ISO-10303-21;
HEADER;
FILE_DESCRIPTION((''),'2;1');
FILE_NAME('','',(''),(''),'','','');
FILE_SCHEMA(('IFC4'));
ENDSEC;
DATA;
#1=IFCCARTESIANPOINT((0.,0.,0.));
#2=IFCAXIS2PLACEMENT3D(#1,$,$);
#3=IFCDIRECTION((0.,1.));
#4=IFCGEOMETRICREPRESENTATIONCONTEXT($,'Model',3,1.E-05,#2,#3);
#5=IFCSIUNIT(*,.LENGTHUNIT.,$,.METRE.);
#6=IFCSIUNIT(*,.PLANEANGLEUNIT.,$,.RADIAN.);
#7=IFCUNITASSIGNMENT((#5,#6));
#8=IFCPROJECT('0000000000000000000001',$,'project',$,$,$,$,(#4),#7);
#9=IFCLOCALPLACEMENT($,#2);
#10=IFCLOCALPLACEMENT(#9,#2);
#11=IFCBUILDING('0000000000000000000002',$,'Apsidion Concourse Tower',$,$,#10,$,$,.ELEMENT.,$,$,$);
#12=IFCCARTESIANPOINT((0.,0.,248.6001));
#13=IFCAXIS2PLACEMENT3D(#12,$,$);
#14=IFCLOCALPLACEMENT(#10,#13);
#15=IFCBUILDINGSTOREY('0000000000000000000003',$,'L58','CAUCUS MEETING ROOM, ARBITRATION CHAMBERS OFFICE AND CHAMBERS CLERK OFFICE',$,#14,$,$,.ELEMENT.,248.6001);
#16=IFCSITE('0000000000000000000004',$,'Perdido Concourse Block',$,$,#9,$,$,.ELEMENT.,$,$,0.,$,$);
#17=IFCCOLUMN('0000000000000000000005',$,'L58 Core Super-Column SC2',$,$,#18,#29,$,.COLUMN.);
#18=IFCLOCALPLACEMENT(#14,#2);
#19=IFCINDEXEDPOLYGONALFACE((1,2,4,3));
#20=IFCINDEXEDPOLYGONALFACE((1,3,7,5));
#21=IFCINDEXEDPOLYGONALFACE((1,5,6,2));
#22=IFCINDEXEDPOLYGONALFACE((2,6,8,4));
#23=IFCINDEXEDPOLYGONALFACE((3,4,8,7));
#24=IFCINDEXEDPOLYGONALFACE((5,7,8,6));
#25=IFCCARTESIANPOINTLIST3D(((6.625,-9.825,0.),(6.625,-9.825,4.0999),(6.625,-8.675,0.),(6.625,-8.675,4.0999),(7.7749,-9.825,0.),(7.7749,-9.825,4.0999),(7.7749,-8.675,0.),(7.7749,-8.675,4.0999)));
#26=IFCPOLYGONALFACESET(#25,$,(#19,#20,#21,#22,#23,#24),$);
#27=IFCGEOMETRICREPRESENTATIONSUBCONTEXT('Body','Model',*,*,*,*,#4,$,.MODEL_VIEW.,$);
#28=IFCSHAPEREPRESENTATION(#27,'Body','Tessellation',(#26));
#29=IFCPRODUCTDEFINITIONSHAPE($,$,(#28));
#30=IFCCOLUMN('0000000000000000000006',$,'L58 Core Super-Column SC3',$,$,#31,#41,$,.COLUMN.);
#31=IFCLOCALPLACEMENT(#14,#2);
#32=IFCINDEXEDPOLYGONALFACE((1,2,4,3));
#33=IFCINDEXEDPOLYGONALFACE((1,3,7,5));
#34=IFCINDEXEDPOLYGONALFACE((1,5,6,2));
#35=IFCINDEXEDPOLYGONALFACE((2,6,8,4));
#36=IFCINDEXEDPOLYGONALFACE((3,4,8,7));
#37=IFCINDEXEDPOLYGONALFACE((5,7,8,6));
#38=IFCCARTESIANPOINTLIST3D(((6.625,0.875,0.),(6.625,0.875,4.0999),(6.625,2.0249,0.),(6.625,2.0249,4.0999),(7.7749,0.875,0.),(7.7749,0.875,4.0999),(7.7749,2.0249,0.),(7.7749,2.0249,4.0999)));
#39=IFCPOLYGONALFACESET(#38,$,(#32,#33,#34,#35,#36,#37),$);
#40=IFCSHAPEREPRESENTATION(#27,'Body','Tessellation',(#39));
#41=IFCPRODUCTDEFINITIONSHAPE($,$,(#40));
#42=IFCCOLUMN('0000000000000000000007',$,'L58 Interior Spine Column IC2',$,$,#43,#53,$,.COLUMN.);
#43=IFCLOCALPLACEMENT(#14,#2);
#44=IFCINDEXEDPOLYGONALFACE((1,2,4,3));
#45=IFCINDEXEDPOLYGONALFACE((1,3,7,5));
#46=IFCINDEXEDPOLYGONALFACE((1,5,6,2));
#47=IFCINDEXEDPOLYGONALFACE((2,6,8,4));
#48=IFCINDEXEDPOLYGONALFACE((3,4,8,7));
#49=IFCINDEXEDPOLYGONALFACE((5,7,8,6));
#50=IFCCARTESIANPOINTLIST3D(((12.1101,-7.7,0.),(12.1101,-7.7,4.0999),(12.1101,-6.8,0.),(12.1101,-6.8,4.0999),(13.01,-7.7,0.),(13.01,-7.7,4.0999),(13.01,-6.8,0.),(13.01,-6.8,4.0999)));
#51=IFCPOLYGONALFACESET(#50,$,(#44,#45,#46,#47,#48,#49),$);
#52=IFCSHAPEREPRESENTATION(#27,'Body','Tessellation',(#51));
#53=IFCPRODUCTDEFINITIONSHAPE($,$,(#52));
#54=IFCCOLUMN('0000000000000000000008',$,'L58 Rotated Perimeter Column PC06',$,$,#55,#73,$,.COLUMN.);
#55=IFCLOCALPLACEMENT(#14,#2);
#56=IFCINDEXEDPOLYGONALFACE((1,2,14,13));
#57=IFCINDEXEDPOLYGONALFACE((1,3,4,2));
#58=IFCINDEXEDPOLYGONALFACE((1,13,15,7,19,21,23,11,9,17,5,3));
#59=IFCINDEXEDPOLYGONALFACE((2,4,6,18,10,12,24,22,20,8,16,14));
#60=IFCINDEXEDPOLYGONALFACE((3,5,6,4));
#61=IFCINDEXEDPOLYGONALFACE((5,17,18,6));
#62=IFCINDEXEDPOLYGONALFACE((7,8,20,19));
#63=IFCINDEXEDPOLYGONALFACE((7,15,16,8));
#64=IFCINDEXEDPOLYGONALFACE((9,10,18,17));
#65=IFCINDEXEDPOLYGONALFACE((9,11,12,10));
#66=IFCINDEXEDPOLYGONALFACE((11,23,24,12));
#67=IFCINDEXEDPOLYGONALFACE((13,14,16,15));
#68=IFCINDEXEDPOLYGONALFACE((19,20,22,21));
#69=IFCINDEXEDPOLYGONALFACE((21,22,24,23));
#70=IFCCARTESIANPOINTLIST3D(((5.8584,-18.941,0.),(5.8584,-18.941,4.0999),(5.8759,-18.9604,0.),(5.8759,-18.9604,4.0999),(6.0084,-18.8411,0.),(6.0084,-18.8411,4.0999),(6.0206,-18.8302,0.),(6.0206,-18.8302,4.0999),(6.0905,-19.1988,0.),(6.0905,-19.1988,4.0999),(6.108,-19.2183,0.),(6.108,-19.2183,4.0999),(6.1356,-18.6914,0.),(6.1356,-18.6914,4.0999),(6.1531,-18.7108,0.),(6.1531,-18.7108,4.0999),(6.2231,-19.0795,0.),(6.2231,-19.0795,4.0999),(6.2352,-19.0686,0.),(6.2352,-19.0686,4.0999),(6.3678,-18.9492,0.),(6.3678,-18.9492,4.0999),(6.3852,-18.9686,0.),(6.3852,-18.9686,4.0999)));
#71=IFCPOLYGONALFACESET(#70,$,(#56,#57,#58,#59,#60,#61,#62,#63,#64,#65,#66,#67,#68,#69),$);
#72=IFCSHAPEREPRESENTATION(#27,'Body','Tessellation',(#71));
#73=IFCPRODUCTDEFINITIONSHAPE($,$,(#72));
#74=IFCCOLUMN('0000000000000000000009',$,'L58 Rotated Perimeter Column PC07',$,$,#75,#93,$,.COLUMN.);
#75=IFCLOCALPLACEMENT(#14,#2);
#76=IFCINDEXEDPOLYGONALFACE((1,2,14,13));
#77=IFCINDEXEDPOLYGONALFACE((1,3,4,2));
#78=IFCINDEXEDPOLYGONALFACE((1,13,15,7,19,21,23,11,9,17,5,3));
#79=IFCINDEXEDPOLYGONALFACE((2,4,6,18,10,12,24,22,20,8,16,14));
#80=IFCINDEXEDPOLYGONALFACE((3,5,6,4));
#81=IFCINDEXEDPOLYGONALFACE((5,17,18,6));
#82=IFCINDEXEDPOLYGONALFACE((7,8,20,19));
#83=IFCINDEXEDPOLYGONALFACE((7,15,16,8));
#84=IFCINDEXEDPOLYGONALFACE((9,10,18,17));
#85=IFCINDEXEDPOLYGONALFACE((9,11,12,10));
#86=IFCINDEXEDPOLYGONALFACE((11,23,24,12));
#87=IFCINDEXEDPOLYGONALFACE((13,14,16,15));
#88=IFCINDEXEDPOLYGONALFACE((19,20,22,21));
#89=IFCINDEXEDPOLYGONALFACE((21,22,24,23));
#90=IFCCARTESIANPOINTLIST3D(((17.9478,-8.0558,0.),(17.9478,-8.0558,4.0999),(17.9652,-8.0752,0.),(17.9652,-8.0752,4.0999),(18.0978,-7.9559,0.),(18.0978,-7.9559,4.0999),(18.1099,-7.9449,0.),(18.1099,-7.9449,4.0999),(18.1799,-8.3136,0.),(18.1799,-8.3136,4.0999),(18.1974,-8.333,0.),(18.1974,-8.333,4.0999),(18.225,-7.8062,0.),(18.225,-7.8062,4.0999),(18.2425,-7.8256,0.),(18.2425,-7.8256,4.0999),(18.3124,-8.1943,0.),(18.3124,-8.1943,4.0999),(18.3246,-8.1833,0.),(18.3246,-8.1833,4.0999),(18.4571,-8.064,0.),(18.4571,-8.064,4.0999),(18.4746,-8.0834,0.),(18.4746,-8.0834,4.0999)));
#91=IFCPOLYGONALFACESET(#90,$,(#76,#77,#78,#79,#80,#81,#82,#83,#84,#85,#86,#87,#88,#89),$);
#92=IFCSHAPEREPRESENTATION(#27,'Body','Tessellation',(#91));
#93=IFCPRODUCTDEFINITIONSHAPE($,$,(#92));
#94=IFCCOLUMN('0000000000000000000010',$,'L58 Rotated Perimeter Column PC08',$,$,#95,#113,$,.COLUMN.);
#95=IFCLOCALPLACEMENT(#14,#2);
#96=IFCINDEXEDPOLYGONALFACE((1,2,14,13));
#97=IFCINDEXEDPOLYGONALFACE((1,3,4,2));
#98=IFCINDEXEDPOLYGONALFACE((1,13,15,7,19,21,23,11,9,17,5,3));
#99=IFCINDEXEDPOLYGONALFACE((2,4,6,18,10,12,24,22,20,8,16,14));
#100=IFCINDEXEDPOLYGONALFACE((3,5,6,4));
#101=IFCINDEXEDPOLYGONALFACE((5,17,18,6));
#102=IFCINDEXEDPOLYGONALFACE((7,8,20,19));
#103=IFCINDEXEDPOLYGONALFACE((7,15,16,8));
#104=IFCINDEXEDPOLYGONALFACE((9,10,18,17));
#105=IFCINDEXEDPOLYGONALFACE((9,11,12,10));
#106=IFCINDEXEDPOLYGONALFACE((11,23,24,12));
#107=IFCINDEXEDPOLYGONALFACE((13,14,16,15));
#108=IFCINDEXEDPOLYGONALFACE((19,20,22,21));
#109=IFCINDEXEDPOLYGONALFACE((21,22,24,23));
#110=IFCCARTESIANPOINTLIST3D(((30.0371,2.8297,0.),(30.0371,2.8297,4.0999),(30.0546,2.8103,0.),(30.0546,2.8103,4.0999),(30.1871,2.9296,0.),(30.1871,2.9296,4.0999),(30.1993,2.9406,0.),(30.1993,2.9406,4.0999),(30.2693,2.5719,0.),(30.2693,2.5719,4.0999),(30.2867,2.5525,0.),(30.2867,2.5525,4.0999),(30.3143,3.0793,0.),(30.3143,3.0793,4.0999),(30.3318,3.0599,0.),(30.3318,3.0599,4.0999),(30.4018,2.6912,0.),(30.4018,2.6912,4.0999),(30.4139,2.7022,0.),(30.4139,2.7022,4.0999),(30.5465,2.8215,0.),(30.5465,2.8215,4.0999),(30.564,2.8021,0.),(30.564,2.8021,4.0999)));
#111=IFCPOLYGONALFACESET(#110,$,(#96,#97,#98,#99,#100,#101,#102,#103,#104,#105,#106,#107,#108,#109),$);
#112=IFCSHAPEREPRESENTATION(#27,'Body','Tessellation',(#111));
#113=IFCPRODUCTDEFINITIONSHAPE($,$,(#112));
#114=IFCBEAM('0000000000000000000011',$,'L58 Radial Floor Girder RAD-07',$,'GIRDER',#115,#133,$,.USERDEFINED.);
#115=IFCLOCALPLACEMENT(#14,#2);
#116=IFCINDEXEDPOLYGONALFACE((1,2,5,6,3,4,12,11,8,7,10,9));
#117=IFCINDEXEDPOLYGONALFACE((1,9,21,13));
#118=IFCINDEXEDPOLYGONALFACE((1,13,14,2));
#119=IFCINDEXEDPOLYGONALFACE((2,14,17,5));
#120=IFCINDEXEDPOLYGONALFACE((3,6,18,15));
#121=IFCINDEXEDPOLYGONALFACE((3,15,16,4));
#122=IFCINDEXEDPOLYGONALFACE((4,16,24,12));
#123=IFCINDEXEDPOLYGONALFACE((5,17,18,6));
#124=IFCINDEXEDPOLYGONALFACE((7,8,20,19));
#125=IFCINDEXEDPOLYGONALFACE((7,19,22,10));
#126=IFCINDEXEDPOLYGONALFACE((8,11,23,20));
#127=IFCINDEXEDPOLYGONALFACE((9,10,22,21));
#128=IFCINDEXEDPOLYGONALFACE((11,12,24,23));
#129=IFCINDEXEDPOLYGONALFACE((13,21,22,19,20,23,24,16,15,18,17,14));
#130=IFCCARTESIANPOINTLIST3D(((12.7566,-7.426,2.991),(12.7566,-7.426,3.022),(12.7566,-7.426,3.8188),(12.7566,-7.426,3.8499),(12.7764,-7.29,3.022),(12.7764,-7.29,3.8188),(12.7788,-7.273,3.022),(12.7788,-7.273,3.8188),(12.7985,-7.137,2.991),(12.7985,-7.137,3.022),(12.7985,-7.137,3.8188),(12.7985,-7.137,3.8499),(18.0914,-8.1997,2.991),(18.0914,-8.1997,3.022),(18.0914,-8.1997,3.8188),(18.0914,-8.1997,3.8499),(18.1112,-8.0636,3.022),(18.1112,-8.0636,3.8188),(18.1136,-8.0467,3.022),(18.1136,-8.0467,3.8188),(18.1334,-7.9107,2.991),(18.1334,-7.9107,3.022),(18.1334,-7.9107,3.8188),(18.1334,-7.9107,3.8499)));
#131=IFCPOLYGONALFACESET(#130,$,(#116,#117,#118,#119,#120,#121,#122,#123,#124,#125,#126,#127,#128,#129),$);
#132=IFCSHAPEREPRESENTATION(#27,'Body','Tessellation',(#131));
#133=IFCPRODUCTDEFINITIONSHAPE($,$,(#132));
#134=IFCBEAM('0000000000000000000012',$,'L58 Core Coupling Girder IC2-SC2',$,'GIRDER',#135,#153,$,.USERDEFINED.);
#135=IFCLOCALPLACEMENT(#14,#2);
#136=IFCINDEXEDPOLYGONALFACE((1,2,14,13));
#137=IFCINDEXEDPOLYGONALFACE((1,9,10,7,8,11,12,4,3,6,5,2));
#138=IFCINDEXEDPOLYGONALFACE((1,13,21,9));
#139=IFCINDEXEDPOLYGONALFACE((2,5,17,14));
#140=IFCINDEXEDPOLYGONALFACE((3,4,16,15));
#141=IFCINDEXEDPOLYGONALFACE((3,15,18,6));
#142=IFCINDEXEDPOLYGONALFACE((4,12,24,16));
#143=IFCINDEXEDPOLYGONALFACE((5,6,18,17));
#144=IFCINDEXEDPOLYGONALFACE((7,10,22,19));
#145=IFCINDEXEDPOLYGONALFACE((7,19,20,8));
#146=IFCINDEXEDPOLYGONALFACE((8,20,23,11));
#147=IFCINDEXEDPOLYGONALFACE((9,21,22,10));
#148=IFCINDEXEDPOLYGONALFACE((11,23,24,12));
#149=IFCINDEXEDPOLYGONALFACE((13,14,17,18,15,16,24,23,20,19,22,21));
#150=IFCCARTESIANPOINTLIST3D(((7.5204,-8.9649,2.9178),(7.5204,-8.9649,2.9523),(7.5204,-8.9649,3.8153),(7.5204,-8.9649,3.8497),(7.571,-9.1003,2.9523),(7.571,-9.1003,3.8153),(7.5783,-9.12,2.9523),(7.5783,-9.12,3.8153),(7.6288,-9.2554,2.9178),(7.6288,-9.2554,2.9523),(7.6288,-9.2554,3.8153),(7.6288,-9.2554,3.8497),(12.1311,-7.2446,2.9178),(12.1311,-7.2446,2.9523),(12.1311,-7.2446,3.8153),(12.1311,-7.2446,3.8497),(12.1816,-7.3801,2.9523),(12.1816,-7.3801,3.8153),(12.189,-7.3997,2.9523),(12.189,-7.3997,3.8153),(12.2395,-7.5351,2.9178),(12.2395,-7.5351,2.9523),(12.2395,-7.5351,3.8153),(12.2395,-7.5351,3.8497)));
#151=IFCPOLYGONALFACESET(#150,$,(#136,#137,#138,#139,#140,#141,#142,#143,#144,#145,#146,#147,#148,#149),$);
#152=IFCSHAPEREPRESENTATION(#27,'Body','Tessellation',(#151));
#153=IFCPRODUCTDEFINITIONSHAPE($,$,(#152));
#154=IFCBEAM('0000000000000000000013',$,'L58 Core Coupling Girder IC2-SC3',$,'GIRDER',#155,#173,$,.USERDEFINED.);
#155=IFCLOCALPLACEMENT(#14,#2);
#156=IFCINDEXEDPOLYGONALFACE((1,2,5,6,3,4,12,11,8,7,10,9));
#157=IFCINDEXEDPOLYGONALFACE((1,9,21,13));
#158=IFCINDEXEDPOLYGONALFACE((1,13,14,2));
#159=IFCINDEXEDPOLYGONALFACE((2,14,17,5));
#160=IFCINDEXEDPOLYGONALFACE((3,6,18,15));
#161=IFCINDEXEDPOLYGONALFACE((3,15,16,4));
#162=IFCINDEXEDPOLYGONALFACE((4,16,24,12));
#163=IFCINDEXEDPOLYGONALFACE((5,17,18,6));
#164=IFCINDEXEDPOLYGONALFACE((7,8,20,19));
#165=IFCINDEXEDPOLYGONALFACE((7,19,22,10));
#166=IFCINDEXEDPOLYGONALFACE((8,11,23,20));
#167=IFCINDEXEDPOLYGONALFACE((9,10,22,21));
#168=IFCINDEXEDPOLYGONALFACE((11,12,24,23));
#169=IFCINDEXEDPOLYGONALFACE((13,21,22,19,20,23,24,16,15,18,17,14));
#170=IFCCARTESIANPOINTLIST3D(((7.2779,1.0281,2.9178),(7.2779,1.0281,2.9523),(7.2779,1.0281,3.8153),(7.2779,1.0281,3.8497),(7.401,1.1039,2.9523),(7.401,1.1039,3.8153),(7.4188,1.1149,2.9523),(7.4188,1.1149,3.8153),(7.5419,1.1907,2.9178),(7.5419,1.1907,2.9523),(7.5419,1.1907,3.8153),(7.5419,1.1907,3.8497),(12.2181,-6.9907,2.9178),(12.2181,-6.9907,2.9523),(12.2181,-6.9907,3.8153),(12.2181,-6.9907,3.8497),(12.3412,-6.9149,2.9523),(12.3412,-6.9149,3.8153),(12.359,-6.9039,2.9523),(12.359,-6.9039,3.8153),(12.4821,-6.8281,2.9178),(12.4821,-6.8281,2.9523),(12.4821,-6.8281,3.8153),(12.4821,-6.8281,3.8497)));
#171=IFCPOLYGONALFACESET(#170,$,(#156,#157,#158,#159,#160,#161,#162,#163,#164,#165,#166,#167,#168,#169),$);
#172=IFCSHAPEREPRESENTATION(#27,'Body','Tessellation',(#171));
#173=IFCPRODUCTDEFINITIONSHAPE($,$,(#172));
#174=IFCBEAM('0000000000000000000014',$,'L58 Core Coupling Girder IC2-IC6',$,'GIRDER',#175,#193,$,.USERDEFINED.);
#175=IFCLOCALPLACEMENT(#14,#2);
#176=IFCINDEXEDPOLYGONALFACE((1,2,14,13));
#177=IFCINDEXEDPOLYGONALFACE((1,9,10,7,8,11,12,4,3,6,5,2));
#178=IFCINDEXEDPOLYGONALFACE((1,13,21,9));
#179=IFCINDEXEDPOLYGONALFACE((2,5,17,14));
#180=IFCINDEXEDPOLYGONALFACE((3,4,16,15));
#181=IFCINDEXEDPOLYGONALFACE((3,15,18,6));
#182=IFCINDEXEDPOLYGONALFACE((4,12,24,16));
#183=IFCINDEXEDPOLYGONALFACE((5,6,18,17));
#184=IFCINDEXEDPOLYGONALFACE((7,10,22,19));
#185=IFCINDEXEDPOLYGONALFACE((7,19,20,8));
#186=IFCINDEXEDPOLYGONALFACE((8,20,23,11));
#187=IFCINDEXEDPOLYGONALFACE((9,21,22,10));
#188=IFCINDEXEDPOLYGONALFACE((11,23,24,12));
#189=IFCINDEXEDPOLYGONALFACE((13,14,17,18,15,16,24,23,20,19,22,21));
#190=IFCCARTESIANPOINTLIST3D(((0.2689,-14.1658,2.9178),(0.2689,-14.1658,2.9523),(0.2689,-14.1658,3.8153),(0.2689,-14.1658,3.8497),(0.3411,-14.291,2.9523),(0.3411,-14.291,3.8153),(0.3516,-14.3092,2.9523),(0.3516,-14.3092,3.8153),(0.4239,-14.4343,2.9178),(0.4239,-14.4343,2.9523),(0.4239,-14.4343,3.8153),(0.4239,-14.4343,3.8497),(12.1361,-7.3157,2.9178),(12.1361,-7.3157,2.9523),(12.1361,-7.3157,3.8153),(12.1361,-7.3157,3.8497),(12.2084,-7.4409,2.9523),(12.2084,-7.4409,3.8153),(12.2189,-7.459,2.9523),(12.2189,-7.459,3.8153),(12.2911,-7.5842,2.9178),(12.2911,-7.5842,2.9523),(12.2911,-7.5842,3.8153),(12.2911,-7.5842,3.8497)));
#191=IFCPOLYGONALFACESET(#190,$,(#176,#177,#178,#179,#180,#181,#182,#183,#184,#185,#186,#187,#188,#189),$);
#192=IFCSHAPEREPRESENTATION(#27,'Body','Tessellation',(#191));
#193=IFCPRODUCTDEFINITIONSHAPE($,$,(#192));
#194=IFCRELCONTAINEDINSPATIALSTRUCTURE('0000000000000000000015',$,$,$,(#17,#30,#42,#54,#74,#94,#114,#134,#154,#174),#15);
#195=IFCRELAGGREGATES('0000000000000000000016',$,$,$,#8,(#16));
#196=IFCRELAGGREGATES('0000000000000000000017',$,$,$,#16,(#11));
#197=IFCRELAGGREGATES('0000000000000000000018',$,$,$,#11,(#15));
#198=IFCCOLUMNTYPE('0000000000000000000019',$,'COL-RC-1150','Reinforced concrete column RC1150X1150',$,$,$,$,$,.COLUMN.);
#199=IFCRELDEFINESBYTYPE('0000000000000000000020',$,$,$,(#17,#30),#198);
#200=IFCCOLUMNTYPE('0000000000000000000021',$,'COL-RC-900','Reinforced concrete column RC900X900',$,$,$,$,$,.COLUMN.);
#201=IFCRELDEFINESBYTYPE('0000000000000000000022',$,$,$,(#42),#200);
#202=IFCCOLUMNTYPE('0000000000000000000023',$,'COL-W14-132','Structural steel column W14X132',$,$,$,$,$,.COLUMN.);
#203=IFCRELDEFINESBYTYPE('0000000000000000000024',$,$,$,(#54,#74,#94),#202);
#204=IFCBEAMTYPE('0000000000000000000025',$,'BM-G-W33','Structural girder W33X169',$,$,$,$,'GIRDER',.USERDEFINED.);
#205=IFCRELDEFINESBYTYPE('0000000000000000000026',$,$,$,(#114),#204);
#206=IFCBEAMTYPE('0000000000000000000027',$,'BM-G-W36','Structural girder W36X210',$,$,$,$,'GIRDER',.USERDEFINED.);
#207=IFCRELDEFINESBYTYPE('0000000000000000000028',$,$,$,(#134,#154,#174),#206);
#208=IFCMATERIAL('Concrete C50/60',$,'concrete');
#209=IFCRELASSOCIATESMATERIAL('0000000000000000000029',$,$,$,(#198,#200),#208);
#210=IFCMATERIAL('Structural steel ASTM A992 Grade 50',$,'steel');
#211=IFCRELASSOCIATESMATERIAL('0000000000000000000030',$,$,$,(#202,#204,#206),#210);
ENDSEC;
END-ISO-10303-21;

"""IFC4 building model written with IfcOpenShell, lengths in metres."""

from ifc_helpers import new_model, si_unit, direction, frame, origin, origin_2d, place, context, subcontext, project, spatial, rectangle, i_section, extrude, material, material_profile, profile_set, type_object, element, save


model = new_model("IFC4")

# Units and contexts
model_context = context("Model", 3, precision=1e-05, world=origin(), true_north=direction((0.0, 1.0)))
body_context = subcontext(model_context, "Body", "Model", "MODEL_VIEW")
ifc_project = project(units=[si_unit("LENGTHUNIT", "METRE"), si_unit("PLANEANGLEUNIT", "RADIAN")], contexts=[model_context])

# Site, building, storey
site_placement = place(None, origin())
site = spatial("IfcSite", under=ifc_project, at=site_placement, Name="Perdido Concourse Block", CompositionType="ELEMENT", RefElevation=0.0)
building_placement = place(site_placement, origin())
building = spatial("IfcBuilding", under=site, at=building_placement, Name="Apsidion Concourse Tower", CompositionType="ELEMENT")
storey_placement = place(building_placement, frame((0.0, 0.0, 248.6001)))
storey = spatial("IfcBuildingStorey", under=building, at=storey_placement, Name="L58", Description="CAUCUS MEETING ROOM, ARBITRATION CHAMBERS OFFICE AND CHAMBERS CLERK OFFICE", CompositionType="ELEMENT", Elevation=248.6001)

# Columns
ifc_material_1 = material(Name="Concrete C50/60", Category="concrete")
ifc_material_profile_1 = material_profile(ifc_material_1, rectangle(XDim=1.1499, YDim=1.1499, at=origin_2d()), Name="RC 1150x1150")
ifc_profile_set_1 = profile_set([ifc_material_profile_1], Name="Concrete C50/60")
column_type_1 = type_object("IfcColumnType", Name="COL-RC-1150", Description="Reinforced concrete column RC1150X1150", PredefinedType="COLUMN", material=ifc_profile_set_1)
for number, where, z_axis, x_axis, name in (
    (1, (7.2, -9.25, 0.0), (0.0, 0.0, 1.0), (1.0, 0.0, 0.0), "L58 Core Super-Column SC2"),
    (2, (7.2, 1.45, 0.0), (0.0, 0.0, 1.0), (1.0, 0.0, 0.0), "L58 Core Super-Column SC3"),
):
    element("IfcColumn", number, at=place(storey_placement, frame(where, z_axis=z_axis, x_axis=x_axis)), inside=storey, type_object=column_type_1, Name=name, PredefinedType="COLUMN", context=body_context, shape_type="SweptSolid", body=[
        extrude(rectangle(XDim=1.1499, YDim=1.1499, at=origin_2d()), origin(), (0.0, 0.0, 1.0), 4.0999),
    ])
ifc_material_profile_2 = material_profile(ifc_material_1, rectangle(XDim=0.8999, YDim=0.8999, at=origin_2d()), Name="RC 900x900")
ifc_profile_set_2 = profile_set([ifc_material_profile_2], Name="Concrete C50/60")
column_type_2 = type_object("IfcColumnType", Name="COL-RC-900", Description="Reinforced concrete column RC900X900", PredefinedType="COLUMN", material=ifc_profile_set_2)
column_placement = place(storey_placement, frame((12.5601, -7.25, 0.0), z_axis=(0.0, 0.0, 1.0), x_axis=(1.0, 0.0, 0.0)))
element("IfcColumn", 3, at=column_placement, inside=storey, type_object=column_type_2, Name="L58 Interior Spine Column IC2", PredefinedType="COLUMN", context=body_context, shape_type="SweptSolid", body=[
    extrude(rectangle(XDim=0.8999, YDim=0.8999, at=origin_2d()), origin(), (0.0, 0.0, 1.0), 4.0999),
])
ifc_material_2 = material(Name="Structural steel ASTM A992 Grade 50", Category="steel")
ifc_material_profile_3 = material_profile(ifc_material_2, i_section(OverallWidth=0.373, OverallDepth=0.373, WebThickness=0.0164, FlangeThickness=0.0261, at=origin_2d()), Name="W14X132")
ifc_profile_set_3 = profile_set([ifc_material_profile_3], Name="Structural steel ASTM A992 Grade 50")
column_type_3 = type_object("IfcColumnType", Name="COL-W14-132", Description="Structural steel column W14X132", PredefinedType="COLUMN", material=ifc_profile_set_3)
for number, where, z_axis, x_axis, name in (
    (4, (6.1218, -18.9548, 0.0), (0.0, 0.0, 1.0), (0.743145, 0.669131, 0.0), "L58 Rotated Perimeter Column PC06"),
    (5, (18.2112, -8.0696, 0.0), (0.0, 0.0, 1.0), (0.743145, 0.669131, 0.0), "L58 Rotated Perimeter Column PC07"),
    (6, (30.3005, 2.8159, 0.0), (0.0, 0.0, 1.0), (0.743145, 0.669131, 0.0), "L58 Rotated Perimeter Column PC08"),
):
    element("IfcColumn", number, at=place(storey_placement, frame(where, z_axis=z_axis, x_axis=x_axis)), inside=storey, type_object=column_type_3, Name=name, PredefinedType="COLUMN", context=body_context, shape_type="SweptSolid", body=[
        extrude(i_section(OverallWidth=0.373, OverallDepth=0.373, WebThickness=0.0164, FlangeThickness=0.0261, at=origin_2d()), origin(), (0.0, 0.0, 1.0), 4.0999),
    ])

# Beams
ifc_material_profile_4 = material_profile(ifc_material_2, i_section(OverallWidth=0.292, OverallDepth=0.8589, WebThickness=0.0171, FlangeThickness=0.031, at=origin_2d()), Name="W33X169")
ifc_profile_set_4 = profile_set([ifc_material_profile_4], Name="Structural steel ASTM A992 Grade 50")
beam_type_1 = type_object("IfcBeamType", Name="BM-G-W33", Description="Structural girder W33X169", ElementType="GIRDER", PredefinedType="USERDEFINED", material=ifc_profile_set_4)
beam_1_placement = place(storey_placement, frame((12.7776, -7.2815, 3.4204), z_axis=(0.989647, -0.143526, 0.0), x_axis=(0.143526, 0.989647, 0.0)))
element("IfcBeam", 7, at=beam_1_placement, inside=storey, type_object=beam_type_1, Name="L58 Radial Floor Girder RAD-07", ObjectType="GIRDER", PredefinedType="USERDEFINED", context=body_context, shape_type="SweptSolid", body=[
    extrude(i_section(OverallWidth=0.292, OverallDepth=0.8589, WebThickness=0.0171, FlangeThickness=0.031, at=origin_2d()), origin(), (0.0, 0.0, 1.0), 5.3906),
])
ifc_material_profile_5 = material_profile(ifc_material_2, i_section(OverallWidth=0.3101, OverallDepth=0.9319, WebThickness=0.021, FlangeThickness=0.0344, at=origin_2d()), Name="W36X210")
ifc_profile_set_5 = profile_set([ifc_material_profile_5], Name="Structural steel ASTM A992 Grade 50")
beam_type_2 = type_object("IfcBeamType", Name="BM-G-W36", Description="Structural girder W36X210", ElementType="GIRDER", PredefinedType="USERDEFINED", material=ifc_profile_set_5)
beam_2_placement = place(storey_placement, frame((12.1853, -7.3899, 3.3838), z_axis=(-0.936913, -0.349563, 0.0), x_axis=(0.349563, -0.936913, 0.0)))
element("IfcBeam", 8, at=beam_2_placement, inside=storey, type_object=beam_type_2, Name="L58 Core Coupling Girder IC2-SC2", ObjectType="GIRDER", PredefinedType="USERDEFINED", context=body_context, shape_type="SweptSolid", body=[
    extrude(i_section(OverallWidth=0.3101, OverallDepth=0.9319, WebThickness=0.021, FlangeThickness=0.0344, at=origin_2d()), origin(), (0.0, 0.0, 1.0), 4.9211),
])
beam_3_placement = place(storey_placement, frame((12.3501, -6.9094, 3.3838), z_axis=(-0.524524, 0.851396, 0.0), x_axis=(-0.851396, -0.524524, 0.0)))
element("IfcBeam", 9, at=beam_3_placement, inside=storey, type_object=beam_type_2, Name="L58 Core Coupling Girder IC2-SC3", ObjectType="GIRDER", PredefinedType="USERDEFINED", context=body_context, shape_type="SweptSolid", body=[
    extrude(i_section(OverallWidth=0.3101, OverallDepth=0.9319, WebThickness=0.021, FlangeThickness=0.0344, at=origin_2d()), origin(), (0.0, 0.0, 1.0), 9.4185),
])
beam_4_placement = place(storey_placement, frame((12.2136, -7.45, 3.3838), z_axis=(-0.86607, -0.499922, 0.0), x_axis=(0.499922, -0.86607, 0.0)))
element("IfcBeam", 10, at=beam_4_placement, inside=storey, type_object=beam_type_2, Name="L58 Core Coupling Girder IC2-IC6", ObjectType="GIRDER", PredefinedType="USERDEFINED", context=body_context, shape_type="SweptSolid", body=[
    extrude(i_section(OverallWidth=0.3101, OverallDepth=0.9319, WebThickness=0.021, FlangeThickness=0.0344, at=origin_2d()), origin(), (0.0, 0.0, 1.0), 13.7024),
])

save(model, "model.ifc")
